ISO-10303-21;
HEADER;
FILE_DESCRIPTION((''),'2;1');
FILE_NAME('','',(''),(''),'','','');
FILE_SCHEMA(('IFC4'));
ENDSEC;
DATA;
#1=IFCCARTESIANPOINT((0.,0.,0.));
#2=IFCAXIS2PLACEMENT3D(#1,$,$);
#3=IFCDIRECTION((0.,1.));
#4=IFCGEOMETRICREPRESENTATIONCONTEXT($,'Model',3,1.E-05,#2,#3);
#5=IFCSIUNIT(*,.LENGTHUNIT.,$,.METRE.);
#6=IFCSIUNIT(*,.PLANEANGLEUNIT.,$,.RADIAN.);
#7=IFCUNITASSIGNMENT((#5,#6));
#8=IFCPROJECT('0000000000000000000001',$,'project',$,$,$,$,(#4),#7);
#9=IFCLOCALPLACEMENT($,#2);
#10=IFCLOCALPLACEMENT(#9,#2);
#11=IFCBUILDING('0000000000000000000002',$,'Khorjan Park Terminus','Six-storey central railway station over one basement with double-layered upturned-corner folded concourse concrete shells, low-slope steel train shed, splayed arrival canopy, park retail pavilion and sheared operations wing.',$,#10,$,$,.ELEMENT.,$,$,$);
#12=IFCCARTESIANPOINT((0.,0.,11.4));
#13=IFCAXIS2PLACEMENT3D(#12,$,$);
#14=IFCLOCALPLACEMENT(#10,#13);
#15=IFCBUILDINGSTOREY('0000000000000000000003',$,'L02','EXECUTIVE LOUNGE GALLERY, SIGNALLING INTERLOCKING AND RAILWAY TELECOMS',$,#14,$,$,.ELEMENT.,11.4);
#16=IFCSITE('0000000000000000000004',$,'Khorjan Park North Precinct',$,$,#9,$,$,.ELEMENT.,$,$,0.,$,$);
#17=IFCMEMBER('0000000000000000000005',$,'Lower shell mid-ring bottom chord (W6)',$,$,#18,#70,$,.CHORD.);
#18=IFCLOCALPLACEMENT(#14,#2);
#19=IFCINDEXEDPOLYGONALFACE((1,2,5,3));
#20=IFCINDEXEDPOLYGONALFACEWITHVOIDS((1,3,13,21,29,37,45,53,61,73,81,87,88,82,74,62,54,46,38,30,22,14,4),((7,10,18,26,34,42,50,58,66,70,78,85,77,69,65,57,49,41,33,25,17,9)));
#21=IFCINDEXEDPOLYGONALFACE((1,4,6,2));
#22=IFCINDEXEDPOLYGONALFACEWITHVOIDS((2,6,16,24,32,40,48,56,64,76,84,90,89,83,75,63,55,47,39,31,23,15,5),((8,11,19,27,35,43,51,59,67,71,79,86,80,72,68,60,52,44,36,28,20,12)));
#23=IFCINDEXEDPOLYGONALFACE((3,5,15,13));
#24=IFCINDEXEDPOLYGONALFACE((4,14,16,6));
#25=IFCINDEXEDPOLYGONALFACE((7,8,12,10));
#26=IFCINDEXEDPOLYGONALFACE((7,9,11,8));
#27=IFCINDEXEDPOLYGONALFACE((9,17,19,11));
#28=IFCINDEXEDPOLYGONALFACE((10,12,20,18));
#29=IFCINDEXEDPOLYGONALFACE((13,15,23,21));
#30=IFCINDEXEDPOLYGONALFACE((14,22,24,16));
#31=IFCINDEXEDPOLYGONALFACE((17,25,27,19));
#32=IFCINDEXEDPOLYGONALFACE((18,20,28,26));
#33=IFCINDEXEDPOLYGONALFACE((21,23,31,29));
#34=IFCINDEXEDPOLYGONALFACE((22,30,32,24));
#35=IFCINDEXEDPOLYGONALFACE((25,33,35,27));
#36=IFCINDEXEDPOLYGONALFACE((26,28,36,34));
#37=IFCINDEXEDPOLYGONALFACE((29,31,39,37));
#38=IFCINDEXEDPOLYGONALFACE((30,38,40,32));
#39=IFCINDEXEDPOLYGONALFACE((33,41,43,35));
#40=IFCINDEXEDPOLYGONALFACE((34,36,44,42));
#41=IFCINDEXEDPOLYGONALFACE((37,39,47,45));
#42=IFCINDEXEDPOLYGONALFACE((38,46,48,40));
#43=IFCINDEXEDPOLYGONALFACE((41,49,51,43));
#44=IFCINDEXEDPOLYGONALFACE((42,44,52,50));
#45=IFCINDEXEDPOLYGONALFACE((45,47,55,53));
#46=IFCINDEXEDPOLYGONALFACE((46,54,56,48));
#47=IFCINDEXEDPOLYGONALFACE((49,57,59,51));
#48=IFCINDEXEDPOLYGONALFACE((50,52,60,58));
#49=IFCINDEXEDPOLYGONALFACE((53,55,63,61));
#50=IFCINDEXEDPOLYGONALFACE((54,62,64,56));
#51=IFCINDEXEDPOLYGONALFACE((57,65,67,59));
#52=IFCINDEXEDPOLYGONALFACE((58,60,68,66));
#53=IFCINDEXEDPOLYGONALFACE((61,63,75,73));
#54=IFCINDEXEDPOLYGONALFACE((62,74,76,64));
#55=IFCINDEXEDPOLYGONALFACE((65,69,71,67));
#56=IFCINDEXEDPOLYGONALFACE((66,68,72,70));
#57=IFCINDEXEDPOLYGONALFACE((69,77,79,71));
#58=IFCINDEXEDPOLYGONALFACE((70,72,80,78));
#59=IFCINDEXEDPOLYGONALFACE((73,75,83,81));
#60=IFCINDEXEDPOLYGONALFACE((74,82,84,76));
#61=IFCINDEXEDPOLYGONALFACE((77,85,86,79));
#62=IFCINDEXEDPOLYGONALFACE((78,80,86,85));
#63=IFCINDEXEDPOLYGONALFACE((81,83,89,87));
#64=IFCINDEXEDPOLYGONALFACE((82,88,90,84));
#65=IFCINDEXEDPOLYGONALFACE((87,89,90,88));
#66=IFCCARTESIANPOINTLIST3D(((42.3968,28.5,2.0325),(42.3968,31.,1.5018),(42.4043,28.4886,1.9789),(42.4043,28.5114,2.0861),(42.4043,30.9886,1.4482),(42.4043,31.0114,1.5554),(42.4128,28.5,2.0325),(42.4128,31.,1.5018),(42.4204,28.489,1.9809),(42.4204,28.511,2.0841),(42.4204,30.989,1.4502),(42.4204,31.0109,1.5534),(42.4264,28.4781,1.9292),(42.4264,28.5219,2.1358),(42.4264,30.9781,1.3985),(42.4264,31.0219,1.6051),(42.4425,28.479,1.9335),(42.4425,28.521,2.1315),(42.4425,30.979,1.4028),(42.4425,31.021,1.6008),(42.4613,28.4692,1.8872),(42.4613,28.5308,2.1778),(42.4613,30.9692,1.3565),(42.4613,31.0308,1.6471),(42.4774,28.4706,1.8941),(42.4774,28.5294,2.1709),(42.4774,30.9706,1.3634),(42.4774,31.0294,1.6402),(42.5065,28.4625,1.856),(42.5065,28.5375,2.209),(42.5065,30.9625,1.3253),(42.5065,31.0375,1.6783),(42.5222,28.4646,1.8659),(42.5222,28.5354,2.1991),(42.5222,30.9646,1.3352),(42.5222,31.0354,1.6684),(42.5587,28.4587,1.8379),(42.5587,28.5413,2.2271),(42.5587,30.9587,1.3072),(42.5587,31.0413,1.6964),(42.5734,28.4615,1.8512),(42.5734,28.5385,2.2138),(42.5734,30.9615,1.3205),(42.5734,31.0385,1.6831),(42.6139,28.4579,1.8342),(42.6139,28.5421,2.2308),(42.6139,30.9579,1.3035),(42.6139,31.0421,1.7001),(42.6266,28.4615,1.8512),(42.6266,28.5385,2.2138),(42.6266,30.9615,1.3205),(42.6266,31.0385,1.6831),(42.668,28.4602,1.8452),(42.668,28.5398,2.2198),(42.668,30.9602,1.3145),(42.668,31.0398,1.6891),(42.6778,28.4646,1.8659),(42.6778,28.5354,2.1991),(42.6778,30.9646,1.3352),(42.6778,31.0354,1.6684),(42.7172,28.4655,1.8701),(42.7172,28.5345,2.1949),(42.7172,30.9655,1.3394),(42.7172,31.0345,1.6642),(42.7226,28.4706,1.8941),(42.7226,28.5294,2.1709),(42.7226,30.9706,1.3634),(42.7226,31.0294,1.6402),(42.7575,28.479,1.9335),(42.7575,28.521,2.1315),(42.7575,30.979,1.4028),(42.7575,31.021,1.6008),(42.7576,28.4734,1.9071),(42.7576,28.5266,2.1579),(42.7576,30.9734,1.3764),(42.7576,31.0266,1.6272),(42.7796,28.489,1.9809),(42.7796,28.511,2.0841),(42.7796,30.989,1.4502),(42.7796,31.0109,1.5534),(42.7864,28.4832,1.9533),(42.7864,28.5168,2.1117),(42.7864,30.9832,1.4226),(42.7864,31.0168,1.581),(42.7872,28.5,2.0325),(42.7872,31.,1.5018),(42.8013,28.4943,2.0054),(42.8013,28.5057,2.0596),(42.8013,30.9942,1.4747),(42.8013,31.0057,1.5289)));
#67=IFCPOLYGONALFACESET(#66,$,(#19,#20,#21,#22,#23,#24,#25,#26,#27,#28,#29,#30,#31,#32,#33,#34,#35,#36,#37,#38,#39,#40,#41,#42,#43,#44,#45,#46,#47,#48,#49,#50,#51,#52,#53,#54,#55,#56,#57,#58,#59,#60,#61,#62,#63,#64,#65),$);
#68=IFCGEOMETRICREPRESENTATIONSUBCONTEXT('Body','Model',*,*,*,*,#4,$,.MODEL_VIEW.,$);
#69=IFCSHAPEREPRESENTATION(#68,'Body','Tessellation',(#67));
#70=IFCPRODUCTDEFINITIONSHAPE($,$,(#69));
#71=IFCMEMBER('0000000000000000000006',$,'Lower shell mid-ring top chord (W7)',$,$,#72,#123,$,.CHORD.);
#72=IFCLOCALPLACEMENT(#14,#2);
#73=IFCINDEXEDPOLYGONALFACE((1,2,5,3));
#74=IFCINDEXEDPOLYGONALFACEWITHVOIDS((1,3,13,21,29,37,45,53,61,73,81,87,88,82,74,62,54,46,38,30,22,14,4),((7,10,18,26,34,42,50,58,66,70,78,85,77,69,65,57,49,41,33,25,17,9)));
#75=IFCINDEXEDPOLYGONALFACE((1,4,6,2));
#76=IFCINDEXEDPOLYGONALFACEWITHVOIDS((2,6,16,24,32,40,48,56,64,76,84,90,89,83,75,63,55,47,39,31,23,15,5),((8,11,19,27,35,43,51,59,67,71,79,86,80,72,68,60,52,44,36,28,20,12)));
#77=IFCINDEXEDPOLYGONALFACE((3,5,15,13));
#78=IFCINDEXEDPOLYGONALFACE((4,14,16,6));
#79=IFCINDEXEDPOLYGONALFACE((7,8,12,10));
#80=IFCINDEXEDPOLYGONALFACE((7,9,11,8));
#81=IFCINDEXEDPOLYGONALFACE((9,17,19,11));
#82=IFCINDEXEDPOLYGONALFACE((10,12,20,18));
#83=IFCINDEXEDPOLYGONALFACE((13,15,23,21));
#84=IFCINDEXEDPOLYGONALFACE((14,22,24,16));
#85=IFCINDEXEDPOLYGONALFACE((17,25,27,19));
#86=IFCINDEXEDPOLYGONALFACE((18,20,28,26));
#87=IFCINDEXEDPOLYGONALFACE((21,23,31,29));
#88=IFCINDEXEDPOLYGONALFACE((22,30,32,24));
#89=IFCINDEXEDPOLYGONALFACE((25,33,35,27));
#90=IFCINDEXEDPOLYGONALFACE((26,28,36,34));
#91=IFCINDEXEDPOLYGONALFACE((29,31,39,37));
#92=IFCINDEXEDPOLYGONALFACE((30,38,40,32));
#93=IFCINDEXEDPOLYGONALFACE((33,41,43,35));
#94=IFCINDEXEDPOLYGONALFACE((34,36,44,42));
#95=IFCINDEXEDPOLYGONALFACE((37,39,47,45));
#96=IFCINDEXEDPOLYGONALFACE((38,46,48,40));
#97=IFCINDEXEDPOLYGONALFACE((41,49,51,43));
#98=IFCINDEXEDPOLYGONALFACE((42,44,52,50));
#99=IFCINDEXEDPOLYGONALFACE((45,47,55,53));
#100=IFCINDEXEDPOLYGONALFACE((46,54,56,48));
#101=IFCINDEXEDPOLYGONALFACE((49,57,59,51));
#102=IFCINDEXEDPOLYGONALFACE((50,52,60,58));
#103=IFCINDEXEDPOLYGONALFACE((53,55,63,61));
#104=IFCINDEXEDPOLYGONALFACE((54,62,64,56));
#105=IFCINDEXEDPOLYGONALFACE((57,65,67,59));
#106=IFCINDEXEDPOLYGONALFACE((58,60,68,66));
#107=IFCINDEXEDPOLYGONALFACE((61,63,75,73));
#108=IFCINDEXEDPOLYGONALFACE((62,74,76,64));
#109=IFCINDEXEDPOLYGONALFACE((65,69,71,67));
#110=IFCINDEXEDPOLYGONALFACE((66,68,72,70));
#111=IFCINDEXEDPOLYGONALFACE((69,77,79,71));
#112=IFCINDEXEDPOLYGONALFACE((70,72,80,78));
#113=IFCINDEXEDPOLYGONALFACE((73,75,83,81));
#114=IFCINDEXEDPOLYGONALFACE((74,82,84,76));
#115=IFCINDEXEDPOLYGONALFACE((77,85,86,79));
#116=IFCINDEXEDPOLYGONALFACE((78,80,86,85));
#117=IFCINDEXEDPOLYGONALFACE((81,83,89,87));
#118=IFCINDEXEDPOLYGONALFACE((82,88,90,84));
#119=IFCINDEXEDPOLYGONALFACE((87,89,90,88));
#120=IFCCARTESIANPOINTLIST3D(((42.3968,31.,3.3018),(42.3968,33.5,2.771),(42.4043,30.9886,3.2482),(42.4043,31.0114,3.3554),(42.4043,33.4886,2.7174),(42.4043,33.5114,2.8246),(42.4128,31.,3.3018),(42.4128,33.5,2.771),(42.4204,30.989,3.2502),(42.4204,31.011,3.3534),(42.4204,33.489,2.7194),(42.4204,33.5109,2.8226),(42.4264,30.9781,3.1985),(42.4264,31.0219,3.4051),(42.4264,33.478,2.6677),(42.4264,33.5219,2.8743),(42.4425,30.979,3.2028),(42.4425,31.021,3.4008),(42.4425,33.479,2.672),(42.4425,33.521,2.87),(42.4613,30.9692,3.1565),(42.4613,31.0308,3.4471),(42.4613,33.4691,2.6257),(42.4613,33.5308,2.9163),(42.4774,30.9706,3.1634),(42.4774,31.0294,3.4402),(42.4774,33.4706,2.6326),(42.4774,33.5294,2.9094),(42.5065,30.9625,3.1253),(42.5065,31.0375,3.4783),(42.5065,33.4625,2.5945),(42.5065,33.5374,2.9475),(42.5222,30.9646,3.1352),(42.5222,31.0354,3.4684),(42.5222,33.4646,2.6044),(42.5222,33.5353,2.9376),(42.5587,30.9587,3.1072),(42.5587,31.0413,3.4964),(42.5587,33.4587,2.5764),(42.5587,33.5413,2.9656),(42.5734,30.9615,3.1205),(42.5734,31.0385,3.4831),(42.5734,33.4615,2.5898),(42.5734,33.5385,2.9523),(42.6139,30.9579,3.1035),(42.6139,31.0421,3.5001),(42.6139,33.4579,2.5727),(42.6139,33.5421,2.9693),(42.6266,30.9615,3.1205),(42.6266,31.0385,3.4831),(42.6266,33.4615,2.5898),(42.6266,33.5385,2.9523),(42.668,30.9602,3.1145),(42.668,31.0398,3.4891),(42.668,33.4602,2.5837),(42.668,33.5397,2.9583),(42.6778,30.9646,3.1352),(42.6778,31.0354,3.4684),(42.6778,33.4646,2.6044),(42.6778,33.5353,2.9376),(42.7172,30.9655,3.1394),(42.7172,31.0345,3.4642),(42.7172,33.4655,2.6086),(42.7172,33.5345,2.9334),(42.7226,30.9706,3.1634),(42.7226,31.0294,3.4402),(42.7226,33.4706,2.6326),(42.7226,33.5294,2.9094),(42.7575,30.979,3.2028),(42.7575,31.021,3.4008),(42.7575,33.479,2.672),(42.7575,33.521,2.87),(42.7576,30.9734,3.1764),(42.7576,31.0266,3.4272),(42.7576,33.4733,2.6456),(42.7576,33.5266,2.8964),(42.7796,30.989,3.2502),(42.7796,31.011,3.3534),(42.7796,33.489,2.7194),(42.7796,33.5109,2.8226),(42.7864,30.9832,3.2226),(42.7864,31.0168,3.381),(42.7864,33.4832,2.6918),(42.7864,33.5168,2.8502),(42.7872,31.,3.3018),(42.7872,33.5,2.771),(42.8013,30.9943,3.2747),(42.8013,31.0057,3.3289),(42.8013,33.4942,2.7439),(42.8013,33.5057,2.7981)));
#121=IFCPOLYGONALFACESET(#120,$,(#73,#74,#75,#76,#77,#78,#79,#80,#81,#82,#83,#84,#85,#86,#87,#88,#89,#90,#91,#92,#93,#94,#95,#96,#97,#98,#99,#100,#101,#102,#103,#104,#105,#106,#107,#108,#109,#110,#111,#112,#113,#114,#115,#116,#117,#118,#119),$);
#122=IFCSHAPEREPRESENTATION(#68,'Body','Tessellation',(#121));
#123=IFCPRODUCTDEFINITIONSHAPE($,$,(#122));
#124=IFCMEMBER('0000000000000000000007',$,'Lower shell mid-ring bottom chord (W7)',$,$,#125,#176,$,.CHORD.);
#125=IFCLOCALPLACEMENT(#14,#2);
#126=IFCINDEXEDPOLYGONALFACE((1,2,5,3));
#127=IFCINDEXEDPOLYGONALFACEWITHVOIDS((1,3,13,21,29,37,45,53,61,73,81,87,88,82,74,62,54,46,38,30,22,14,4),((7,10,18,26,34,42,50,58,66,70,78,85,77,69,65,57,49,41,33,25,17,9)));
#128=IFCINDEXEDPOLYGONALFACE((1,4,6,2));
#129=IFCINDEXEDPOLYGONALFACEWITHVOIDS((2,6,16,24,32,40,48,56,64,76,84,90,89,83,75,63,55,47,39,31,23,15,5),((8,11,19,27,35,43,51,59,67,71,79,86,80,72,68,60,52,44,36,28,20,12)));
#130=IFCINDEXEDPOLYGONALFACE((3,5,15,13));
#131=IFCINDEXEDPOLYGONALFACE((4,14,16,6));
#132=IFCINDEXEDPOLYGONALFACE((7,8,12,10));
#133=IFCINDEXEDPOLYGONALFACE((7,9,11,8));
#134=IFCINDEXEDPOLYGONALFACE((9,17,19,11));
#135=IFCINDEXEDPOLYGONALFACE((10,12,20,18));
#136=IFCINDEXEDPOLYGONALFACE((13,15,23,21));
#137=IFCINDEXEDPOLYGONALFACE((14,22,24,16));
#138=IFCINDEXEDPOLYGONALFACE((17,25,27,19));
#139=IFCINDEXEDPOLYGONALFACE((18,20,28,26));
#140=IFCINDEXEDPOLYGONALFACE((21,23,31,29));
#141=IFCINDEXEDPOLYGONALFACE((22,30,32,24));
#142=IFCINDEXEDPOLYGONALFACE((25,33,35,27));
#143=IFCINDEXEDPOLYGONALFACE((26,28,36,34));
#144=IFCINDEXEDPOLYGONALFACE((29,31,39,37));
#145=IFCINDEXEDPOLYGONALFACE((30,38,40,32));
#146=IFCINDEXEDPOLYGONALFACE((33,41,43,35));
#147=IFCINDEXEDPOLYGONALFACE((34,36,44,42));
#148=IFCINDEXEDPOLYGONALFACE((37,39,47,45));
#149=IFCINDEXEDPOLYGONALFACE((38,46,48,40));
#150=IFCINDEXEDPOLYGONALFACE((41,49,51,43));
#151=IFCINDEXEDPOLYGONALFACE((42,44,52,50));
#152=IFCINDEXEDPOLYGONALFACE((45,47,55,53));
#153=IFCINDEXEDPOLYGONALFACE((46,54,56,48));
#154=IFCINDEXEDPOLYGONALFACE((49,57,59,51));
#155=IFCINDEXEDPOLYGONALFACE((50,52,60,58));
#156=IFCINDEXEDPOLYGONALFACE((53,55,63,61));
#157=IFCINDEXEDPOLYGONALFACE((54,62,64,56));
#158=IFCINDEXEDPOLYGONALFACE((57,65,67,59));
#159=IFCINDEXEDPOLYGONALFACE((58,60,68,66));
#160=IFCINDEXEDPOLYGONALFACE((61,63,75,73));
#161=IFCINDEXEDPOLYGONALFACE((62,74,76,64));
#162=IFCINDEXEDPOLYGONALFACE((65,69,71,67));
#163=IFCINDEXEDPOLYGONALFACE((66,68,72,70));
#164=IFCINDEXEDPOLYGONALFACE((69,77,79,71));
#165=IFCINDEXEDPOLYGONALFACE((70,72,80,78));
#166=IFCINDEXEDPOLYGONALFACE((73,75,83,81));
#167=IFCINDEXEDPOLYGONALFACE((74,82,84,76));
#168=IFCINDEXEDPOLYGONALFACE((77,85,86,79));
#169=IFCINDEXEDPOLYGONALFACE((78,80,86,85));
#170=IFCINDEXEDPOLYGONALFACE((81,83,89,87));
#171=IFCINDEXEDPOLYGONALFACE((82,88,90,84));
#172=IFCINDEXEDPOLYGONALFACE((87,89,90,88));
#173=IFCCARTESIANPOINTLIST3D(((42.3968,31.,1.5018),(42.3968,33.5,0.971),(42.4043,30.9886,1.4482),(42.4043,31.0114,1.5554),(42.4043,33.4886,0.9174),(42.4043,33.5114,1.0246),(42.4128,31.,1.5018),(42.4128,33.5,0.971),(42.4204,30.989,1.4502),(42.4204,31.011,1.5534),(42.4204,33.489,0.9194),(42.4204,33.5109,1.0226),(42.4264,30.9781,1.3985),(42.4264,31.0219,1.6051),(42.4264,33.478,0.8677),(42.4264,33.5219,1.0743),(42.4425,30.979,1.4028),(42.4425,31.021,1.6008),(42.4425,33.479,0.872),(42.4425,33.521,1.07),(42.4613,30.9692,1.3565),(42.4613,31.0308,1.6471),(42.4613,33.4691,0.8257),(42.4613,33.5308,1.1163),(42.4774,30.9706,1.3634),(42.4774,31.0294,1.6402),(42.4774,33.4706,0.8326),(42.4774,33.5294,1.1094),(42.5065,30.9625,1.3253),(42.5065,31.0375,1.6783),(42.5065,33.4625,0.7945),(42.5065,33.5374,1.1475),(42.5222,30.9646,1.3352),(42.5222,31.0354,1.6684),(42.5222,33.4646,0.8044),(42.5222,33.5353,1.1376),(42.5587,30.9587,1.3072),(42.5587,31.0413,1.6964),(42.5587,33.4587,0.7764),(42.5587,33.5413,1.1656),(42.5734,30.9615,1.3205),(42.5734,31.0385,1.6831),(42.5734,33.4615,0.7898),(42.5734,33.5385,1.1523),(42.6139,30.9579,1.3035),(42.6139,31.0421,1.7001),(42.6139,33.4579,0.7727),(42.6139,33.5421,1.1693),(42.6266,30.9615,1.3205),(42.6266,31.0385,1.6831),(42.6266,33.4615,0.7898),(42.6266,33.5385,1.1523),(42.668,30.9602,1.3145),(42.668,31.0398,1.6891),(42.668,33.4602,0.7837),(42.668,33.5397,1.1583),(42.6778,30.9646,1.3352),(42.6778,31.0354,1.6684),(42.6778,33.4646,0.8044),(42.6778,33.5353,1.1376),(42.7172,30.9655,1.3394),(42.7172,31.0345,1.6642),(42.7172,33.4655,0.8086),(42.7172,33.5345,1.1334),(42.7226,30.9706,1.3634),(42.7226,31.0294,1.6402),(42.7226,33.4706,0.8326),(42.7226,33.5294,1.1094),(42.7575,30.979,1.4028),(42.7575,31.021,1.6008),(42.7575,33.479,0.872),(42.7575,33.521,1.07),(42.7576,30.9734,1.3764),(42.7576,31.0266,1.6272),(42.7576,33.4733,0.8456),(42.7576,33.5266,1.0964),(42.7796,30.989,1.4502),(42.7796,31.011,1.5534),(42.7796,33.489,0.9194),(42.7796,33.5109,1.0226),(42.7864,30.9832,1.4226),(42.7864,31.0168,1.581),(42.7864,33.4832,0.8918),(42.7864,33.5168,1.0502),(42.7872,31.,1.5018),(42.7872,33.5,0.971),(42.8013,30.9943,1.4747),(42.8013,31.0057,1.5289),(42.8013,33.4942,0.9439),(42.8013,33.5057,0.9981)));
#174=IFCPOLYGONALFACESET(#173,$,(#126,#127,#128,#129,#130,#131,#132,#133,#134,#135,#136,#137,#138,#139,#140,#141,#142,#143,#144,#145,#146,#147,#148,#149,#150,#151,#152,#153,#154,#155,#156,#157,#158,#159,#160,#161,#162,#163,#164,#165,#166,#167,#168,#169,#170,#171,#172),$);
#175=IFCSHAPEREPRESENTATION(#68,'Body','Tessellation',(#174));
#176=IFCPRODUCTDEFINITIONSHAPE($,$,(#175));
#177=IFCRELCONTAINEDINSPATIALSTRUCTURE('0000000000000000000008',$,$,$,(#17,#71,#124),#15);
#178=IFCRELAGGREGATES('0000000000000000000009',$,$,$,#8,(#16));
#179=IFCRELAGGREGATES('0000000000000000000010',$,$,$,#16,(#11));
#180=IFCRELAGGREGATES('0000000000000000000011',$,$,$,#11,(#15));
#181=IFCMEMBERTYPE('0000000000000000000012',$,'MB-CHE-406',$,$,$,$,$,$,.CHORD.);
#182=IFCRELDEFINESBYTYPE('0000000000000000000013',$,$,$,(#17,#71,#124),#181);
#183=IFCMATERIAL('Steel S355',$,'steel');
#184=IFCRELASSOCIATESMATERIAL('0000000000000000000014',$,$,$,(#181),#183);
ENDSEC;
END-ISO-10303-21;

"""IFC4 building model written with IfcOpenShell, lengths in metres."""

from ifc_helpers import new_model, si_unit, direction, frame, origin, origin_2d, place, context, subcontext, project, spatial, hollow_circle, extrude, material, material_profile, profile_set, type_object, element, save


model = new_model("IFC4")

# Units and contexts
model_context = context("Model", 3, precision=1e-05, world=origin(), true_north=direction((0.0, 1.0)))
body_context = subcontext(model_context, "Body", "Model", "MODEL_VIEW")
ifc_project = project(units=[si_unit("LENGTHUNIT", "METRE"), si_unit("PLANEANGLEUNIT", "RADIAN")], contexts=[model_context])

# Site, building, storey
site_placement = place(None, origin())
site = spatial("IfcSite", under=ifc_project, at=site_placement, Name="Khorjan Park North Precinct", CompositionType="ELEMENT", RefElevation=0.0)
building_placement = place(site_placement, origin())
building = spatial("IfcBuilding", under=site, at=building_placement, Name="Khorjan Park Terminus", Description="Six-storey central railway station over one basement with double-layered upturned-corner folded concourse concrete shells, low-slope steel train shed, splayed arrival canopy, park retail pavilion and sheared operations wing.", CompositionType="ELEMENT")
storey_placement = place(building_placement, frame((0.0, 0.0, 11.4)))
storey = spatial("IfcBuildingStorey", under=building, at=storey_placement, Name="L02", Description="EXECUTIVE LOUNGE GALLERY, SIGNALLING INTERLOCKING AND RAILWAY TELECOMS", CompositionType="ELEMENT", Elevation=11.4)

# Members
ifc_material_1 = material(Name="Steel S355", Category="steel")
ifc_material_profile_1 = material_profile(ifc_material_1, hollow_circle(Radius=0.2032, WallThickness=0.016, at=origin_2d()), Name="CHS 406.4x16")
ifc_profile_set_1 = profile_set([ifc_material_profile_1], Name="Steel S355")
member_type_1 = type_object("IfcMemberType", Name="MB-CHE-406", PredefinedType="CHORD", material=ifc_profile_set_1)
for number, where, z_axis, x_axis, name in (
    (1, (42.6, 28.5, 2.0325), (0.0, 0.978203, -0.207653), (-1.0, 0.0, 0.0), "Lower shell mid-ring bottom chord (W6)"),
    (2, (42.6, 31.0, 3.3018), (0.0, 0.978195, -0.20769), (-1.0, 0.0, 0.0), "Lower shell mid-ring top chord (W7)"),
    (3, (42.6, 31.0, 1.5018), (0.0, 0.978195, -0.20769), (-1.0, 0.0, 0.0), "Lower shell mid-ring bottom chord (W7)"),
):
    element("IfcMember", number, at=place(storey_placement, frame(where, z_axis=z_axis, x_axis=x_axis)), inside=storey, type_object=member_type_1, Name=name, PredefinedType="CHORD", context=body_context, shape_type="SweptSolid", body=[
        extrude(hollow_circle(Radius=0.2032, WallThickness=0.016, at=origin_2d()), origin(), (0.0, 0.0, 1.0), 2.5557),
    ])

save(model, "model.ifc")
